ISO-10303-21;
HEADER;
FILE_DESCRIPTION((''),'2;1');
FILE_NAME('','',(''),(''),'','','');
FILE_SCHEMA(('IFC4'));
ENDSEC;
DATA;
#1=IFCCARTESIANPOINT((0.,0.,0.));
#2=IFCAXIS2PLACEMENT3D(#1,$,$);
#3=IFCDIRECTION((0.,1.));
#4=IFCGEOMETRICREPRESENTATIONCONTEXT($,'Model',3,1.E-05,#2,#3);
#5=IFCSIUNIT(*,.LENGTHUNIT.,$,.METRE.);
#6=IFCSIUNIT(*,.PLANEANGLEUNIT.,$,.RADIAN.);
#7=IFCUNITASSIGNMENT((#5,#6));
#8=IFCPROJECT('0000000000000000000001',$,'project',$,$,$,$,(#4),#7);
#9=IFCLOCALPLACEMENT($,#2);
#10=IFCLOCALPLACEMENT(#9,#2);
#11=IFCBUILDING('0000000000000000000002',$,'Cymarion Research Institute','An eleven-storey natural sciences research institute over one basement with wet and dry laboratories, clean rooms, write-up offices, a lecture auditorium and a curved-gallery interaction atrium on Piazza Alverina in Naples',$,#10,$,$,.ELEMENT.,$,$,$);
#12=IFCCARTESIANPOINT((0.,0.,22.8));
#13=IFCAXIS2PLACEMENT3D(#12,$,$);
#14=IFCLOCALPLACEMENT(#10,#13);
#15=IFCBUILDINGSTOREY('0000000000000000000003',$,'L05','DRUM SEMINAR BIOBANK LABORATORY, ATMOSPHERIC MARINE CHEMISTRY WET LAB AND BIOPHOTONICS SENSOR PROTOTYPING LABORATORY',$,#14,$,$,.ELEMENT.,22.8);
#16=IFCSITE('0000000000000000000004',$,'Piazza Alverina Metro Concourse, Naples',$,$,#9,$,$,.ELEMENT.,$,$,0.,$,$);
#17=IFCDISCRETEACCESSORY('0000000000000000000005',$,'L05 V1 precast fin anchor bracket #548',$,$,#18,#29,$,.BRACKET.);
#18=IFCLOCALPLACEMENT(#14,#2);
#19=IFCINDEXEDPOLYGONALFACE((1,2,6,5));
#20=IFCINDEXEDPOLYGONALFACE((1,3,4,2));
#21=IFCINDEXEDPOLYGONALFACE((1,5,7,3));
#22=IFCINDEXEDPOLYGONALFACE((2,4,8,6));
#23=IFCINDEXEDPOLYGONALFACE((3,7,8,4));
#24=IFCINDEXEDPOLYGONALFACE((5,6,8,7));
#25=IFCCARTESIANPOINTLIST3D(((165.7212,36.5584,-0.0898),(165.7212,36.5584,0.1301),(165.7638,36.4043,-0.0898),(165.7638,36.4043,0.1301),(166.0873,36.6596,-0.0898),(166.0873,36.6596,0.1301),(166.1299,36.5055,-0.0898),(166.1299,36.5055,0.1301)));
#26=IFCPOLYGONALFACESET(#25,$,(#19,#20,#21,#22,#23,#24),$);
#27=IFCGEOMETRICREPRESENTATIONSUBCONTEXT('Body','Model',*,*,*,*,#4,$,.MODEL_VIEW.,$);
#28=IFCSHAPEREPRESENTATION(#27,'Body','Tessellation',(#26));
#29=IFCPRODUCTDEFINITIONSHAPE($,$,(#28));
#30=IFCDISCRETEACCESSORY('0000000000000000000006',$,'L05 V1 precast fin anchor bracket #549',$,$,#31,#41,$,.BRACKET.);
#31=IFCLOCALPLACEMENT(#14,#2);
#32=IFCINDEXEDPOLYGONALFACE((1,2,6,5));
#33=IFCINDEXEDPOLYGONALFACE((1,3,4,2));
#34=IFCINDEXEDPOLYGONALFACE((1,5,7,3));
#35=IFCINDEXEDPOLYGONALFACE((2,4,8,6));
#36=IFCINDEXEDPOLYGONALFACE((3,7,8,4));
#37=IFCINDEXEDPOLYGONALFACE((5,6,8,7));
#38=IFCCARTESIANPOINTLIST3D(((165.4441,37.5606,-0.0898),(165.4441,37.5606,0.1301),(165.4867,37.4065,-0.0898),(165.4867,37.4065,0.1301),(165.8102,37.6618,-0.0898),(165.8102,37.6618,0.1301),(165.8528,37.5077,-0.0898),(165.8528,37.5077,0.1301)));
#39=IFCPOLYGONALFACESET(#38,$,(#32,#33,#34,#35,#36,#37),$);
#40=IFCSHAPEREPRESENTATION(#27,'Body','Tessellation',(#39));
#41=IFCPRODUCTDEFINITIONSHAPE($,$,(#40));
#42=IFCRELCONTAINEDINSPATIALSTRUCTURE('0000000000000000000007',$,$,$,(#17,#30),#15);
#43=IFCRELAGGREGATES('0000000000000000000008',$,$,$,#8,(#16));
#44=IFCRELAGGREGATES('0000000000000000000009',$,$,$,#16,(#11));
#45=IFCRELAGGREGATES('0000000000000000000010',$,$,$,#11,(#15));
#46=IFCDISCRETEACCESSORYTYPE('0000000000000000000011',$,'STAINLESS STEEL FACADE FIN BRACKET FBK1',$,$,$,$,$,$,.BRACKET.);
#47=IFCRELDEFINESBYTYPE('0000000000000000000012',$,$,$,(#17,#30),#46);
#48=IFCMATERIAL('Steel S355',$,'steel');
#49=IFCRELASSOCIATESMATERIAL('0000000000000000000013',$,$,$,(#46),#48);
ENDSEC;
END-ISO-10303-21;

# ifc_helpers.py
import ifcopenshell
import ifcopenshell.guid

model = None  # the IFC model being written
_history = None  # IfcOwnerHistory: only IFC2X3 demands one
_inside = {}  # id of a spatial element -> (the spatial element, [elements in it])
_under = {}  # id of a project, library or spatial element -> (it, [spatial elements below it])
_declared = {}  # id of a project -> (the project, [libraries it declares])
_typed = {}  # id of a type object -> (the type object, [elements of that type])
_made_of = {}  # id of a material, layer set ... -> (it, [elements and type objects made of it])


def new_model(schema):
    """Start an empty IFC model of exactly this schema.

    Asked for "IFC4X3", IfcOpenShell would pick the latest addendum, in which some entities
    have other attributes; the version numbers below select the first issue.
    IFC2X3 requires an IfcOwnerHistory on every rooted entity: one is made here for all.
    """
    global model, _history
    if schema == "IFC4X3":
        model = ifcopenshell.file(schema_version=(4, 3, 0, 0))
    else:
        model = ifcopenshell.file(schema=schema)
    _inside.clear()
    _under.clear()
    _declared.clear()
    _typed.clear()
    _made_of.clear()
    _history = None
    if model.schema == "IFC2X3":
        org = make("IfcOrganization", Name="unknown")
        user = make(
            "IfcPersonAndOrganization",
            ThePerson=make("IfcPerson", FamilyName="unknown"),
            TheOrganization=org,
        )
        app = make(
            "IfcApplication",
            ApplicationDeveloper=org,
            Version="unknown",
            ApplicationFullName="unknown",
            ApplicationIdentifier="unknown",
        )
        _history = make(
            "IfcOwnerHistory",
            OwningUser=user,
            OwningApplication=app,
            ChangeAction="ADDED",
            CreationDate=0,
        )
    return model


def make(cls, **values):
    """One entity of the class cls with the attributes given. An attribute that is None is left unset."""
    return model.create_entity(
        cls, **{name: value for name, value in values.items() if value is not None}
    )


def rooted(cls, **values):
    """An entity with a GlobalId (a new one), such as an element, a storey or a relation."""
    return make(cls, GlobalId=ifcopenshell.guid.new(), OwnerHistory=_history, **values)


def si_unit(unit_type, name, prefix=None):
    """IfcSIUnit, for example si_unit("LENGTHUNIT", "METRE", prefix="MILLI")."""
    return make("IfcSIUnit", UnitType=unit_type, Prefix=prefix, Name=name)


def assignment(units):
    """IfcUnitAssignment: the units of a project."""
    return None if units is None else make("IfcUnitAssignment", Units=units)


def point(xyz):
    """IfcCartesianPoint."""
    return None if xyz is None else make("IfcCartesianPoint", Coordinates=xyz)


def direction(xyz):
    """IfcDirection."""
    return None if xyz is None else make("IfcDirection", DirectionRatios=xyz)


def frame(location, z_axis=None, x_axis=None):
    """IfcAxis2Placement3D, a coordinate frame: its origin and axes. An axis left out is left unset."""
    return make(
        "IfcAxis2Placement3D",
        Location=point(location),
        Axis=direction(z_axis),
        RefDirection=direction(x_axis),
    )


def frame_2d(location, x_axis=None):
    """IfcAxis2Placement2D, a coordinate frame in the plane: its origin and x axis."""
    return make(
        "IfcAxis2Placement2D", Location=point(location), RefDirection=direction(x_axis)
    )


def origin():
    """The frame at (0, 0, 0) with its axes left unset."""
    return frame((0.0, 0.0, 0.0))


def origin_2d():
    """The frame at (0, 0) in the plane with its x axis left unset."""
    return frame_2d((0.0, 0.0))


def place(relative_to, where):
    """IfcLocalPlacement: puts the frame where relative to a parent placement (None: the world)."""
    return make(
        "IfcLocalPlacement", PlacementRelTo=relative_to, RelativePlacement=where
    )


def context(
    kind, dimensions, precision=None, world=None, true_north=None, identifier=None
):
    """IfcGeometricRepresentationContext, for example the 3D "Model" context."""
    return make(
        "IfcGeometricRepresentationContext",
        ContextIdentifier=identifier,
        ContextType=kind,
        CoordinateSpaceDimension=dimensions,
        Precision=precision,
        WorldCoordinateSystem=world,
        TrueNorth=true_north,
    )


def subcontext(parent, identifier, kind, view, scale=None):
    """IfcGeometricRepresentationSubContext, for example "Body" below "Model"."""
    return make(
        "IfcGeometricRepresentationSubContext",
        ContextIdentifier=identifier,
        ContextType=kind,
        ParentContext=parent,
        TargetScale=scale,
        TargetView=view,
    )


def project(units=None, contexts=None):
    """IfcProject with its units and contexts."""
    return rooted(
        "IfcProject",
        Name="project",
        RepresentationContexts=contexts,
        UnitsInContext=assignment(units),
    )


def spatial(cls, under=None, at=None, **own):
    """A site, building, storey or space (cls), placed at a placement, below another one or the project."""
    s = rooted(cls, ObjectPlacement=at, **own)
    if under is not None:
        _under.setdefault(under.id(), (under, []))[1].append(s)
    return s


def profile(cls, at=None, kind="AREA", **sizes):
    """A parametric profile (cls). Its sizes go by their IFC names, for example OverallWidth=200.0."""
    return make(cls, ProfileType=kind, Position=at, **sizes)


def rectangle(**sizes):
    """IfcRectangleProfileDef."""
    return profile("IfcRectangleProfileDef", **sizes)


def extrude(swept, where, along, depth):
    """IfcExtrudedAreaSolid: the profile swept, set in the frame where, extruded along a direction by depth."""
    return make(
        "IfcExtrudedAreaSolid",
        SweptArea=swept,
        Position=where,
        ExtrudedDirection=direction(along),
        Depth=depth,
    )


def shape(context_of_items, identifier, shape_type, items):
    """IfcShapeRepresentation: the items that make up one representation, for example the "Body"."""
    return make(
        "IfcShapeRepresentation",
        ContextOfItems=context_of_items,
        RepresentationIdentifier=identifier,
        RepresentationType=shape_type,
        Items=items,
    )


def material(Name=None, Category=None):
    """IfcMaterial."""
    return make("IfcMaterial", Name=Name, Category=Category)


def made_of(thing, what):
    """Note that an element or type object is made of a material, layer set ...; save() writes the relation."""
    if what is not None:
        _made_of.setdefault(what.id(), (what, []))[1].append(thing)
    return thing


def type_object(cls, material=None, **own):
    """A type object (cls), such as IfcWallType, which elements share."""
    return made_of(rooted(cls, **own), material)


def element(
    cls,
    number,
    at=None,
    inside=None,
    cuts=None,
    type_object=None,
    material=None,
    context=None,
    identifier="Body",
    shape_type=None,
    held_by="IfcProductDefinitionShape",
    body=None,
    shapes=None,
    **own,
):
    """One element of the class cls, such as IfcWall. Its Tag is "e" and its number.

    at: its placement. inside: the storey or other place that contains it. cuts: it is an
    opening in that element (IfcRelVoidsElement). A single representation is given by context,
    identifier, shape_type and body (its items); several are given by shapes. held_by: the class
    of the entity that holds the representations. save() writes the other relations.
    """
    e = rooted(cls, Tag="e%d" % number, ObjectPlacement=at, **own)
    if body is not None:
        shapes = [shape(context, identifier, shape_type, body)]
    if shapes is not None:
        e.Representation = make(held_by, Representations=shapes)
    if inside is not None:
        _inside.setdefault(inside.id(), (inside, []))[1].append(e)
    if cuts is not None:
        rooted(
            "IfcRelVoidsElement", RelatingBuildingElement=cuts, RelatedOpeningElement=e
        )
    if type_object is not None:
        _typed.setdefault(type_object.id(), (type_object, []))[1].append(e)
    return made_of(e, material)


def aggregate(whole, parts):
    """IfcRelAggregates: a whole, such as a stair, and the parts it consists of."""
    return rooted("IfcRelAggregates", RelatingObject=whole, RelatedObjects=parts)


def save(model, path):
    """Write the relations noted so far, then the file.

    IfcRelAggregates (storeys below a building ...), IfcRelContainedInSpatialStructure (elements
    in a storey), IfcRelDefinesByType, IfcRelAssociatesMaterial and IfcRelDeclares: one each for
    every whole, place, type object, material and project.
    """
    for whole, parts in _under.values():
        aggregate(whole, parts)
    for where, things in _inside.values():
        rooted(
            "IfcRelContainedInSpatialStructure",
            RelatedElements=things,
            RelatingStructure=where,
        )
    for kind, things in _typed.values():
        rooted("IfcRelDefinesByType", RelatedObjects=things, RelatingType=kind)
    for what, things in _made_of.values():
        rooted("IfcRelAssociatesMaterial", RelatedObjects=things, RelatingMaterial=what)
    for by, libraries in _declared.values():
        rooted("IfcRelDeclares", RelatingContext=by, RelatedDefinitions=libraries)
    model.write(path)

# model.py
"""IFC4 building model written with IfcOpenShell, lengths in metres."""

from ifc_helpers import new_model, si_unit, direction, frame, origin, origin_2d, place, context, subcontext, project, spatial, rectangle, extrude, material, type_object, element, save


model = new_model("IFC4")

# Units and contexts
model_context = context("Model", 3, precision=1e-05, world=origin(), true_north=direction((0.0, 1.0)))
body_context = subcontext(model_context, "Body", "Model", "MODEL_VIEW")
ifc_project = project(units=[si_unit("LENGTHUNIT", "METRE"), si_unit("PLANEANGLEUNIT", "RADIAN")], contexts=[model_context])

# Site, building, storey
site_placement = place(None, origin())
site = spatial("IfcSite", under=ifc_project, at=site_placement, Name="Piazza Alverina Metro Concourse, Naples", CompositionType="ELEMENT", RefElevation=0.0)
building_placement = place(site_placement, origin())
building = spatial("IfcBuilding", under=site, at=building_placement, Name="Cymarion Research Institute", Description="An eleven-storey natural sciences research institute over one basement with wet and dry laboratories, clean rooms, write-up offices, a lecture auditorium and a curved-gallery interaction atrium on Piazza Alverina in Naples", CompositionType="ELEMENT")
storey_placement = place(building_placement, frame((0.0, 0.0, 22.8)))
storey = spatial("IfcBuildingStorey", under=building, at=storey_placement, Name="L05", Description="DRUM SEMINAR BIOBANK LABORATORY, ATMOSPHERIC MARINE CHEMISTRY WET LAB AND BIOPHOTONICS SENSOR PROTOTYPING LABORATORY", CompositionType="ELEMENT", Elevation=22.8)

# Shared definitions
ifc_material_1 = material(Name="Steel S355", Category="steel")

# Discrete accessories
discrete_accessory_type = type_object("IfcDiscreteAccessoryType", Name="STAINLESS STEEL FACADE FIN BRACKET FBK1", PredefinedType="BRACKET", material=ifc_material_1)
for number, where, z_axis, x_axis, name in (
    (1, (165.9255, 36.532, -0.0898), (0.0, 0.0, 1.0), (0.963863, 0.266397, 0.0), "L05 V1 precast fin anchor bracket #548"),
    (2, (165.6484, 37.5342, -0.0898), (0.0, 0.0, 1.0), (0.963863, 0.266397, 0.0), "L05 V1 precast fin anchor bracket #549"),
):
    element("IfcDiscreteAccessory", number, at=place(storey_placement, frame(where, z_axis=z_axis, x_axis=x_axis)), inside=storey, type_object=discrete_accessory_type, Name=name, PredefinedType="BRACKET", context=body_context, shape_type="SweptSolid", body=[
        extrude(rectangle(XDim=0.3799, YDim=0.1599, at=origin_2d()), origin(), (0.0, 0.0, 1.0), 0.22),
    ])

save(model, "model.ifc")
